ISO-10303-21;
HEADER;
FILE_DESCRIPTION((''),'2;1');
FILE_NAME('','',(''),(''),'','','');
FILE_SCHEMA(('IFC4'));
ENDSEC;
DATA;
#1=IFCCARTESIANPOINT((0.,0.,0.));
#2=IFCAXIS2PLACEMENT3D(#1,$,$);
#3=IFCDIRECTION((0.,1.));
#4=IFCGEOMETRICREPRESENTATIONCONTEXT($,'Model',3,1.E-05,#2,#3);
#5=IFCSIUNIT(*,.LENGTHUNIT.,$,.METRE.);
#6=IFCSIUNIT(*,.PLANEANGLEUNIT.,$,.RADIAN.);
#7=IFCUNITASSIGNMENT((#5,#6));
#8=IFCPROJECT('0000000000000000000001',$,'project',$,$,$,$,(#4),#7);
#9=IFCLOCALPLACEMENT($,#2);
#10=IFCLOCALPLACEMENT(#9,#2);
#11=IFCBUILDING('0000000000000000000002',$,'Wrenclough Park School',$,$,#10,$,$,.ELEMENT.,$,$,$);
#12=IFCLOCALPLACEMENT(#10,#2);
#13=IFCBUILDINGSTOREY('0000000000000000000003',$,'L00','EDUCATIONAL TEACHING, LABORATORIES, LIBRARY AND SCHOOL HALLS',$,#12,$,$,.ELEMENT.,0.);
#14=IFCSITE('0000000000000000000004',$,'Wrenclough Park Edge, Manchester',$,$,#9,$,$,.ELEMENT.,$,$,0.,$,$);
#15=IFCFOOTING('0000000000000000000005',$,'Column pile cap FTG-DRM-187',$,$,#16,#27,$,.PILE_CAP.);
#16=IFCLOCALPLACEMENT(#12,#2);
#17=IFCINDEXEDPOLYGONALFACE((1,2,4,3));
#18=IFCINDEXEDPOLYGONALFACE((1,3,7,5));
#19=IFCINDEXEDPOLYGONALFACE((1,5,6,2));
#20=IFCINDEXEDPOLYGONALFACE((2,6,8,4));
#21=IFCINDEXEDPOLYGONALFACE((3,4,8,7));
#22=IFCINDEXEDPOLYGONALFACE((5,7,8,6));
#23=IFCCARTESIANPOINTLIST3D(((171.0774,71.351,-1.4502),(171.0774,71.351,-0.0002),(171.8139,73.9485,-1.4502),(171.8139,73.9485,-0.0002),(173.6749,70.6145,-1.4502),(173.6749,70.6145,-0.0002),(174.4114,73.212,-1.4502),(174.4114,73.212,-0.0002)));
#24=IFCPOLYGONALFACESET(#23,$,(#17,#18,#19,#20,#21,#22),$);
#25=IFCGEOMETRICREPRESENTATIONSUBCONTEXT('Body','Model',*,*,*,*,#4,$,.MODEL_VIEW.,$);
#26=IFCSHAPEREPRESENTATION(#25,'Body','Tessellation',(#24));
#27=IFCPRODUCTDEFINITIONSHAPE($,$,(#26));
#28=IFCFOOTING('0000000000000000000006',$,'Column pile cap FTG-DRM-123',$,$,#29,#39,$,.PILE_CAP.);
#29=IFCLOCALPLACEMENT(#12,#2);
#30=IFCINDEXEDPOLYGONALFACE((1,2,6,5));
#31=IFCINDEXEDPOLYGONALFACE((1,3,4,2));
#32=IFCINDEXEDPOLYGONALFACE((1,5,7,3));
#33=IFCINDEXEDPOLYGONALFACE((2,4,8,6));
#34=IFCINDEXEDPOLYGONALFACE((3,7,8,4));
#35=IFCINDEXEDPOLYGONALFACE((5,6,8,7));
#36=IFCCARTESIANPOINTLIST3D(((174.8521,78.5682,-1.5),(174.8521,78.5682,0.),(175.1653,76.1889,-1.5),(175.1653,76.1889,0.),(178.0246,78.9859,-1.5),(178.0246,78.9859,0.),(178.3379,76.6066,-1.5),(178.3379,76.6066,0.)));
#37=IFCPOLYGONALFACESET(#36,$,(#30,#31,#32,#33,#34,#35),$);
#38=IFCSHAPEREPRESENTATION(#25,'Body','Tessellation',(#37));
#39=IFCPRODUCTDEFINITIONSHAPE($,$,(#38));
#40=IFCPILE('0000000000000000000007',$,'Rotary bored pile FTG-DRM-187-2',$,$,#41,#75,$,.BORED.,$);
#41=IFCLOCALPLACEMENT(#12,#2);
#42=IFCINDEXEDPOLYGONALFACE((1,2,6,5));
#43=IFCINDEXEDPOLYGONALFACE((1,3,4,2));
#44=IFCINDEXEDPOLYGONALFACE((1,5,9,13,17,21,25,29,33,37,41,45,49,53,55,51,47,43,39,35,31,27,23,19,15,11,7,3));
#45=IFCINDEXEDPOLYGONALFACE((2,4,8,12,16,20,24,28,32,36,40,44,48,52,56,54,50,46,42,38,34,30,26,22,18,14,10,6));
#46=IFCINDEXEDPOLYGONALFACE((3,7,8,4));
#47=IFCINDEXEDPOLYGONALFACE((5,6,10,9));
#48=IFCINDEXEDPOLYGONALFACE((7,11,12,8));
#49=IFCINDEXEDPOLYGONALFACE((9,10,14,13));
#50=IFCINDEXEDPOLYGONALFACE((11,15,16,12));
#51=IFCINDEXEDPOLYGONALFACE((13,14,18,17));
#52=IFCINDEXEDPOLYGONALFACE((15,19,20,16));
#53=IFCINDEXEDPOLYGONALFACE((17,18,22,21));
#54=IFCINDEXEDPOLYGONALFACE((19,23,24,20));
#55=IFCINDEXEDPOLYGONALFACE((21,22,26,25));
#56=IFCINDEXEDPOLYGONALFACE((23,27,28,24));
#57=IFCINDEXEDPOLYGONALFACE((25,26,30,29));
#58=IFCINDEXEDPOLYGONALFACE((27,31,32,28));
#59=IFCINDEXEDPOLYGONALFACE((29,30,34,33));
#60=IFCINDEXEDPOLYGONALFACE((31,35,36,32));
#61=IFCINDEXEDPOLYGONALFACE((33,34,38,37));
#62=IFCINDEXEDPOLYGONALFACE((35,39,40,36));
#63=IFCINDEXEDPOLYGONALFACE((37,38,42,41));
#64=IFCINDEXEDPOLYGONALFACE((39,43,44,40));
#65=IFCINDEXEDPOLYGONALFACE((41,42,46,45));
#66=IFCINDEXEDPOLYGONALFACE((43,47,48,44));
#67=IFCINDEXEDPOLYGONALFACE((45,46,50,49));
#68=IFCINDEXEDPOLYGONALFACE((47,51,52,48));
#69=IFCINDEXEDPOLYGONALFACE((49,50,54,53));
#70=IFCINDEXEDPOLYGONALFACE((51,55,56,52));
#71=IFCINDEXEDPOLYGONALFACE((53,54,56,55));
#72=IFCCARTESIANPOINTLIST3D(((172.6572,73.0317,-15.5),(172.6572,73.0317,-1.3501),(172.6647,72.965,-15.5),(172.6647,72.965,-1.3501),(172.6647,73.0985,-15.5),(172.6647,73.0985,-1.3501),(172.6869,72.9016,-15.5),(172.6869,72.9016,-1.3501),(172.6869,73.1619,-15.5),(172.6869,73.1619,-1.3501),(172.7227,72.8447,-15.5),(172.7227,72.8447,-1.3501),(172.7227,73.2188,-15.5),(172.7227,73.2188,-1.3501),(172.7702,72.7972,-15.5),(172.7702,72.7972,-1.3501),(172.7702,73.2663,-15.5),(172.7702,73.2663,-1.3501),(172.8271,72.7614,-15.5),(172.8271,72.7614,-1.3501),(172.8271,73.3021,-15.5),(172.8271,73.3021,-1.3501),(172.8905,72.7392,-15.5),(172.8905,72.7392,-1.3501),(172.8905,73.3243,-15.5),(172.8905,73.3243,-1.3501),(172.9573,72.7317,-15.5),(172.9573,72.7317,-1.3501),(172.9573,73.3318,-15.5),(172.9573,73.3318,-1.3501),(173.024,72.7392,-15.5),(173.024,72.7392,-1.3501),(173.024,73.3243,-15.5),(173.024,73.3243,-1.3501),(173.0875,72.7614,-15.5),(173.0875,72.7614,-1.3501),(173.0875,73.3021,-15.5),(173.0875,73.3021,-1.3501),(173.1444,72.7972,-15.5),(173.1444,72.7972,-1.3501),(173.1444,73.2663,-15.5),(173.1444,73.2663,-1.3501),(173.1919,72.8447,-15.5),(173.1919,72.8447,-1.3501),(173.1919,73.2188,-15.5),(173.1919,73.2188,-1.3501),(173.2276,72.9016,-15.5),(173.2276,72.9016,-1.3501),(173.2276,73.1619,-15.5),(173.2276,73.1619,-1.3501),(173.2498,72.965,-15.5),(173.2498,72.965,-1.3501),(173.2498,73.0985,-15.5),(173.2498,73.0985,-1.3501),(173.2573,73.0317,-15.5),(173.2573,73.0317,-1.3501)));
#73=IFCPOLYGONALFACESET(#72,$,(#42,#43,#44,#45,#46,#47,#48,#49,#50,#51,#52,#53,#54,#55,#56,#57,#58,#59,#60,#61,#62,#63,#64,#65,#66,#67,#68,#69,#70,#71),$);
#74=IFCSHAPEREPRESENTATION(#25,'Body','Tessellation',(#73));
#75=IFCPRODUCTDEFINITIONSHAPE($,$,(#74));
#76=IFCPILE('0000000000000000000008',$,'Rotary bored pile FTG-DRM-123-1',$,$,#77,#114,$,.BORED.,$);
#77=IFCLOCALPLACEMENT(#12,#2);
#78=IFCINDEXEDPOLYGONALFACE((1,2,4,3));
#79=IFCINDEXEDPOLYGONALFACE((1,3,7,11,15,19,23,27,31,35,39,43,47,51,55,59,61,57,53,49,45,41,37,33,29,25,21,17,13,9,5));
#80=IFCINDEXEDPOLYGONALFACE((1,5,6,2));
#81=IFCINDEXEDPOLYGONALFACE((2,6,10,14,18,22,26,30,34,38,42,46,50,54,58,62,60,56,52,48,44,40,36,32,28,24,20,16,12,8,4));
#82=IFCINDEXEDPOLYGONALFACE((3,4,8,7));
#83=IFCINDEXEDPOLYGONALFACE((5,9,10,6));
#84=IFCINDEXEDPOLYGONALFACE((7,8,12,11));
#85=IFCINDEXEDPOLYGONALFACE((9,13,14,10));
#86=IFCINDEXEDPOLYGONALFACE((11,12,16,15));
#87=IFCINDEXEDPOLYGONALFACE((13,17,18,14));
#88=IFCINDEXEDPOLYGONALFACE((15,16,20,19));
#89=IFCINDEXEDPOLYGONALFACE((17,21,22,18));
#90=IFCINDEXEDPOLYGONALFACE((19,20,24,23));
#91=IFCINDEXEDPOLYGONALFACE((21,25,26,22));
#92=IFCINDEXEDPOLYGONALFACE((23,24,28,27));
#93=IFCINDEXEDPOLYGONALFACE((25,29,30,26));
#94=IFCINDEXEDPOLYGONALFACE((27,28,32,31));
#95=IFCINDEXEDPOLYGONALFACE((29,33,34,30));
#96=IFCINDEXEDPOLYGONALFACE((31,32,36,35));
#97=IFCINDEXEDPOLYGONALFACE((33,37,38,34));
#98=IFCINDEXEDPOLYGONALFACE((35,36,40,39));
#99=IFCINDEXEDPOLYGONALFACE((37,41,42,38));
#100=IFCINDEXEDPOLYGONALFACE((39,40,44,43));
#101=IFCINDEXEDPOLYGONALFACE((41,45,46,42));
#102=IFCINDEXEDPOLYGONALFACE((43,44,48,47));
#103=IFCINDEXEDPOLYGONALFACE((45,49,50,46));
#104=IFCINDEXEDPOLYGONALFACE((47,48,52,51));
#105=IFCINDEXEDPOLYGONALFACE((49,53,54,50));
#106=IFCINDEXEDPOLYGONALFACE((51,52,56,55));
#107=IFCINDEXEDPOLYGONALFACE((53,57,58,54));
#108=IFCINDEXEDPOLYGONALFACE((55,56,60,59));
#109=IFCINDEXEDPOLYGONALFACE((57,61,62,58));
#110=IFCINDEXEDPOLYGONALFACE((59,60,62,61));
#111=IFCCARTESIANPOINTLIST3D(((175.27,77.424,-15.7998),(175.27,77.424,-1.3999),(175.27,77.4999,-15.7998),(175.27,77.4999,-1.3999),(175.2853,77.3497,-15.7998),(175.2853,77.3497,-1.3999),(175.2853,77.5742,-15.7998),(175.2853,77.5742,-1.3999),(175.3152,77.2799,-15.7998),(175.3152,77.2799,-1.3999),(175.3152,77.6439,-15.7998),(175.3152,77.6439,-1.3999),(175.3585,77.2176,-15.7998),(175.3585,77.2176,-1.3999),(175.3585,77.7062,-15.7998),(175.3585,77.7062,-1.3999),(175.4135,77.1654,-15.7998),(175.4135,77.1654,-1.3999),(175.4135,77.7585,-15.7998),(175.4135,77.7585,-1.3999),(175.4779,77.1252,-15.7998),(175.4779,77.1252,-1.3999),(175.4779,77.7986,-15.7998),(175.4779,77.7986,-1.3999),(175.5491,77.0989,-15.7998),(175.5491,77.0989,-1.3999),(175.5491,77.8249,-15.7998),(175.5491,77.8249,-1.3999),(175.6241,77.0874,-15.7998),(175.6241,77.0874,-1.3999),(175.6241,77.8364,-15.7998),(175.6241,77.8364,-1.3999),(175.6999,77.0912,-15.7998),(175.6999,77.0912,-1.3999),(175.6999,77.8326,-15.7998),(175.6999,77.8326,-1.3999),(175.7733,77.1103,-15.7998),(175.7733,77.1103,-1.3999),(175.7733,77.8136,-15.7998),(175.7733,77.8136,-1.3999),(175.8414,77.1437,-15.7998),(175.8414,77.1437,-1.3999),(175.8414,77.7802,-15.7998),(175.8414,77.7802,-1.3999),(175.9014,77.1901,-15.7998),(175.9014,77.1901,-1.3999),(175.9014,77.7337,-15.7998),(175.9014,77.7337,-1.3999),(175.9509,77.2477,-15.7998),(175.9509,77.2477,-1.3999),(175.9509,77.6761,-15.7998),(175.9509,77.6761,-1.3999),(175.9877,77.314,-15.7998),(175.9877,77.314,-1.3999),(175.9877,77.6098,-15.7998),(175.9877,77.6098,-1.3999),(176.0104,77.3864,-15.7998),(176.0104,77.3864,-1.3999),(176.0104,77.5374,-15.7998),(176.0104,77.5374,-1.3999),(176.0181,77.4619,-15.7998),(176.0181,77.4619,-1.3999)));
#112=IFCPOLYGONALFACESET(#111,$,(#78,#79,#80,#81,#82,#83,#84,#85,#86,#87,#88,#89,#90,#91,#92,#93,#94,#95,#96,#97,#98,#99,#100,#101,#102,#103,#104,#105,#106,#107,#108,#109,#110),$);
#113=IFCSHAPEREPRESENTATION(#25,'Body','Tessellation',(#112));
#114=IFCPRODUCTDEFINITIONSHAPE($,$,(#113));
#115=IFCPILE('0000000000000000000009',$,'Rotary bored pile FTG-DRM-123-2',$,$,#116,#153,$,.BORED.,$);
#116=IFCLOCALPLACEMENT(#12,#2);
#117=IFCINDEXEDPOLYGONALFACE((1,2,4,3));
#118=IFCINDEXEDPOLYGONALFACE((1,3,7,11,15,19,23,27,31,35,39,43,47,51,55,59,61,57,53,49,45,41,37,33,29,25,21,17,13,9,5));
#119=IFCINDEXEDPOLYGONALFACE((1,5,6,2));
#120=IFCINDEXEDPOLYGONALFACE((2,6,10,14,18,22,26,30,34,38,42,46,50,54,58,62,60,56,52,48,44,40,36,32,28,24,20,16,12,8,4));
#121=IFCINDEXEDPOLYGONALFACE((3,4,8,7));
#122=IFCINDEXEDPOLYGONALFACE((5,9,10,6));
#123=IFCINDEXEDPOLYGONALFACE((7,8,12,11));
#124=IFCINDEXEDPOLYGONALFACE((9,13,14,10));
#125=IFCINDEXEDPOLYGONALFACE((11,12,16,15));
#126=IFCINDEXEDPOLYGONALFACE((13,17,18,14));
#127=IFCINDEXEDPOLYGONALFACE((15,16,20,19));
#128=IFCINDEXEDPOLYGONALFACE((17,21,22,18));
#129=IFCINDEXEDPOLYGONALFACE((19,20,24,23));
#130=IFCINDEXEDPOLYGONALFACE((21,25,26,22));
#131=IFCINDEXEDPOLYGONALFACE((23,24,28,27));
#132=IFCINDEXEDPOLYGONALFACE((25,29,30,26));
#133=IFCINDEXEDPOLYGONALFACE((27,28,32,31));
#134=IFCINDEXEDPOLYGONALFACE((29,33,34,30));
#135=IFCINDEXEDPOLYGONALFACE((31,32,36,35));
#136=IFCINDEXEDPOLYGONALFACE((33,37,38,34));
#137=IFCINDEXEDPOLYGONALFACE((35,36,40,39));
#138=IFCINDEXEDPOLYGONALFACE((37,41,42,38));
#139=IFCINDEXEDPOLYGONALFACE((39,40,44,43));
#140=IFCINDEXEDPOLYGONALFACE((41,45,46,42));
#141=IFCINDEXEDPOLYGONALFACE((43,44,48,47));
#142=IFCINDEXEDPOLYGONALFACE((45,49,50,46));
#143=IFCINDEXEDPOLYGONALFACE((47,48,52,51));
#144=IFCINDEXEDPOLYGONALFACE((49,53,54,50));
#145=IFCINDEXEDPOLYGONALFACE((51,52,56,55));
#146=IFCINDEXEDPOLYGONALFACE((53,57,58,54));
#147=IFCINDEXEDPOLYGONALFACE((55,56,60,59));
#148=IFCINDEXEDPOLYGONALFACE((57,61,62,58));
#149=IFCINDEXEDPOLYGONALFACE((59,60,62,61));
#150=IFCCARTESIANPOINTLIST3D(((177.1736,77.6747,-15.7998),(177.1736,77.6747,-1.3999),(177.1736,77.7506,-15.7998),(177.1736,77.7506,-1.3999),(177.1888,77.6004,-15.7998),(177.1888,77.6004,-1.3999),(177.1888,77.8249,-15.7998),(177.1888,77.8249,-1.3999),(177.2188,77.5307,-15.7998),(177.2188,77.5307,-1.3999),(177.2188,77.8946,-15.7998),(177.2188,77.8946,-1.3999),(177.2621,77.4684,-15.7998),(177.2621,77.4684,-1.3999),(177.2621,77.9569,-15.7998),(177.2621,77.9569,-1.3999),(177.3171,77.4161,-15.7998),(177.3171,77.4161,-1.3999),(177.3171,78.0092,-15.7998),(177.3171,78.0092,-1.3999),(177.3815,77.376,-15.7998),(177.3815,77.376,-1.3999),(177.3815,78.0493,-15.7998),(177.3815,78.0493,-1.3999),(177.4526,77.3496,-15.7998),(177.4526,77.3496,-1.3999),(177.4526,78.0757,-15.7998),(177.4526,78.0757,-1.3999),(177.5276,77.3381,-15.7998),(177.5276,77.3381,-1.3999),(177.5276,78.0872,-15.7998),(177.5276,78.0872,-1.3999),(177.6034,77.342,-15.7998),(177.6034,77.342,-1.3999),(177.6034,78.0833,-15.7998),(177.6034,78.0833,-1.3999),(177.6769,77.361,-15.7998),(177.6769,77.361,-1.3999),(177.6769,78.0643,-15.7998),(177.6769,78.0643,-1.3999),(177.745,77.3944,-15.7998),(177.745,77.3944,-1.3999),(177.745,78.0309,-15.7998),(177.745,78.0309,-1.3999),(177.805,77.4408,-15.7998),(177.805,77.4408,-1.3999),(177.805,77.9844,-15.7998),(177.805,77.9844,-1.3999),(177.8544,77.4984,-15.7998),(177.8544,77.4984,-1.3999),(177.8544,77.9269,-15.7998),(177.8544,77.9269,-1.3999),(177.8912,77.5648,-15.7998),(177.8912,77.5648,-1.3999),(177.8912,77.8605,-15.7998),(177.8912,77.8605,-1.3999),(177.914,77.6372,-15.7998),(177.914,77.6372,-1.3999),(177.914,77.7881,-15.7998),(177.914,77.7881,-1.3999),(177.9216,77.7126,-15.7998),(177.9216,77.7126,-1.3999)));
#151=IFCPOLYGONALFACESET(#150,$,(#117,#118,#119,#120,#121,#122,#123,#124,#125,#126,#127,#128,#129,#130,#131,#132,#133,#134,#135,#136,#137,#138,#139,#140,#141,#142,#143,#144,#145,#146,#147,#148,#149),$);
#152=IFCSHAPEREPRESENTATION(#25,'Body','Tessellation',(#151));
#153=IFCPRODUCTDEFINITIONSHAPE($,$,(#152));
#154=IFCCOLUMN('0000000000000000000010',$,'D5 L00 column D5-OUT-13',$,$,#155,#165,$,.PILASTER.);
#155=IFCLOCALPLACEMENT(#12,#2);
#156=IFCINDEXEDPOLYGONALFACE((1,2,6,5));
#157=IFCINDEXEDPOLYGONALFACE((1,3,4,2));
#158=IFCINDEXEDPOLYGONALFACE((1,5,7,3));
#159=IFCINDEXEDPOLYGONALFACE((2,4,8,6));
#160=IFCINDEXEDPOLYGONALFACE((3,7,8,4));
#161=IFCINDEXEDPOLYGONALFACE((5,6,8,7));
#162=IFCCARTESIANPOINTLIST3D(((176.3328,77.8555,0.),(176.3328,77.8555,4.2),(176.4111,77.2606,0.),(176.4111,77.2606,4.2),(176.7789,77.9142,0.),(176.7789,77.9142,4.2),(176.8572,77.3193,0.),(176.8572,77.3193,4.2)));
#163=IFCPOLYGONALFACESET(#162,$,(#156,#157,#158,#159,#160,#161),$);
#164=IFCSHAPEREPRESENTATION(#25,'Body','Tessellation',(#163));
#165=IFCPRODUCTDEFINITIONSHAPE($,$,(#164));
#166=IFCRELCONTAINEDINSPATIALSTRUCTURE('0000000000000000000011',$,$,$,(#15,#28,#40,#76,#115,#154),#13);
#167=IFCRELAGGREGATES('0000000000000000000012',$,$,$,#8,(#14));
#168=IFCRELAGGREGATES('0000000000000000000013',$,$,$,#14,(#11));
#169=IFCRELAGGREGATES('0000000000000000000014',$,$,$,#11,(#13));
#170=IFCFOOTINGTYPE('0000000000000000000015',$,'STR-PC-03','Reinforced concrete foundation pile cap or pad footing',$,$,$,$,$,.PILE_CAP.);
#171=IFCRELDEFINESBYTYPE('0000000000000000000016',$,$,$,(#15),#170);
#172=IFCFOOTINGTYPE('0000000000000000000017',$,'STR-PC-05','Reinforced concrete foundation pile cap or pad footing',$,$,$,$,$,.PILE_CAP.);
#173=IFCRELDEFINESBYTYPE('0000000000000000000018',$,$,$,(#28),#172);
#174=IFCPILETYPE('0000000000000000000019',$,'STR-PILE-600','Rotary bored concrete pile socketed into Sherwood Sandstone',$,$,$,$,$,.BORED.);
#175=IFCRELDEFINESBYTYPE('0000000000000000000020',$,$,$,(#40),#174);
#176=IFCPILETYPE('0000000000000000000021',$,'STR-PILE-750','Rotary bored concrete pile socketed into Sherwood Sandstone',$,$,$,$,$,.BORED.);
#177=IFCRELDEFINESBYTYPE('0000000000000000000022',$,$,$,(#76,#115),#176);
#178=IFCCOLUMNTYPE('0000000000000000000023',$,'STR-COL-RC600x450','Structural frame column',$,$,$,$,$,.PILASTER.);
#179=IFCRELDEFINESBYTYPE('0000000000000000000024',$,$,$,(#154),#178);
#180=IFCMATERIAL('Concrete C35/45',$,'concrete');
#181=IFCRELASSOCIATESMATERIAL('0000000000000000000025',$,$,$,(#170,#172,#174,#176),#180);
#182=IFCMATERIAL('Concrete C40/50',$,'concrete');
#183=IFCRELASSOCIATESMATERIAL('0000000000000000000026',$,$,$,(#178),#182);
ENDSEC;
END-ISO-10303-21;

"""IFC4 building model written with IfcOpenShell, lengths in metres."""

from ifc_helpers import new_model, si_unit, direction, frame, origin, origin_2d, place, context, subcontext, project, spatial, rectangle, circle, extrude, material, material_profile, profile_set, type_object, element, save


model = new_model("IFC4")

# Units and contexts
model_context = context("Model", 3, precision=1e-05, world=origin(), true_north=direction((0.0, 1.0)))
body_context = subcontext(model_context, "Body", "Model", "MODEL_VIEW")
ifc_project = project(units=[si_unit("LENGTHUNIT", "METRE"), si_unit("PLANEANGLEUNIT", "RADIAN")], contexts=[model_context])

# Site, building, storey
site_placement = place(None, origin())
site = spatial("IfcSite", under=ifc_project, at=site_placement, Name="Wrenclough Park Edge, Manchester", CompositionType="ELEMENT", RefElevation=0.0)
building_placement = place(site_placement, origin())
building = spatial("IfcBuilding", under=site, at=building_placement, Name="Wrenclough Park School", CompositionType="ELEMENT")
storey_placement = place(building_placement, origin())
storey = spatial("IfcBuildingStorey", under=building, at=storey_placement, Name="L00", Description="EDUCATIONAL TEACHING, LABORATORIES, LIBRARY AND SCHOOL HALLS", CompositionType="ELEMENT", Elevation=0.0)

# Footings
ifc_material_1 = material(Name="Concrete C35/45", Category="concrete")
footing_type_1 = type_object("IfcFootingType", Name="STR-PC-03", Description="Reinforced concrete foundation pile cap or pad footing", PredefinedType="PILE_CAP", material=ifc_material_1)
footing_1_placement = place(storey_placement, frame((172.7444, 72.2815, -1.4502), z_axis=(0.0, 0.0, 1.0), x_axis=(0.272784, 0.962075, 0.0)))
element("IfcFooting", 1, at=footing_1_placement, inside=storey, type_object=footing_type_1, Name="Column pile cap FTG-DRM-187", PredefinedType="PILE_CAP", context=body_context, shape_type="SweptSolid", body=[
    extrude(rectangle(XDim=2.7, YDim=2.7, at=origin_2d()), origin(), (0.0, 0.0, 1.0), 1.45),
])
footing_type_2 = type_object("IfcFootingType", Name="STR-PC-05", Description="Reinforced concrete foundation pile cap or pad footing", PredefinedType="PILE_CAP", material=ifc_material_1)
footing_2_placement = place(storey_placement, frame((176.595, 77.5874, -1.5), z_axis=(0.0, 0.0, 1.0), x_axis=(0.991445, 0.130526, 0.0)))
element("IfcFooting", 2, at=footing_2_placement, inside=storey, type_object=footing_type_2, Name="Column pile cap FTG-DRM-123", PredefinedType="PILE_CAP", context=body_context, shape_type="SweptSolid", body=[
    extrude(rectangle(XDim=3.2, YDim=2.3999, at=origin_2d()), origin(), (0.0, 0.0, 1.0), 1.5),
])

# Piles
ifc_material_profile_1 = material_profile(ifc_material_1, circle(Radius=0.3, at=origin_2d()), Name="BORED PILE D600")
ifc_profile_set_1 = profile_set([ifc_material_profile_1], Name="Concrete C35/45")
pile_type_1 = type_object("IfcPileType", Name="STR-PILE-600", Description="Rotary bored concrete pile socketed into Sherwood Sandstone", PredefinedType="BORED", material=ifc_profile_set_1)
pile_placement = place(storey_placement, frame((172.9573, 73.0317, -1.3501), z_axis=(0.0, 0.0, -1.0), x_axis=(1.0, 0.0, 0.0)))
element("IfcPile", 3, at=pile_placement, inside=storey, type_object=pile_type_1, Name="Rotary bored pile FTG-DRM-187-2", PredefinedType="BORED", context=body_context, shape_type="SweptSolid", body=[
    extrude(circle(Radius=0.3, at=origin_2d()), origin(), (0.0, 0.0, 1.0), 14.1499),
])
ifc_material_profile_2 = material_profile(ifc_material_1, circle(Radius=0.375, at=origin_2d()), Name="BORED PILE D750")
ifc_profile_set_2 = profile_set([ifc_material_profile_2], Name="Concrete C35/45")
pile_type_2 = type_object("IfcPileType", Name="STR-PILE-750", Description="Rotary bored concrete pile socketed into Sherwood Sandstone", PredefinedType="BORED", material=ifc_profile_set_2)
for number, where, z_axis, x_axis, name in (
    (4, (175.6431, 77.4619, -1.3999), (0.0, 0.0, -1.0), (1.0, 0.0, 0.0), "Rotary bored pile FTG-DRM-123-1"),
    (5, (177.5466, 77.7126, -1.3999), (0.0, 0.0, -1.0), (1.0, 0.0, 0.0), "Rotary bored pile FTG-DRM-123-2"),
):
    element("IfcPile", number, at=place(storey_placement, frame(where, z_axis=z_axis, x_axis=x_axis)), inside=storey, type_object=pile_type_2, Name=name, PredefinedType="BORED", context=body_context, shape_type="SweptSolid", body=[
        extrude(circle(Radius=0.375, at=origin_2d()), origin(), (0.0, 0.0, 1.0), 14.3999),
    ])

# Column
ifc_material_2 = material(Name="Concrete C40/50", Category="concrete")
ifc_material_profile_3 = material_profile(ifc_material_2, rectangle(XDim=0.45, YDim=0.6001, at=origin_2d()), Name="RC COL 600x450")
ifc_profile_set_3 = profile_set([ifc_material_profile_3], Name="Concrete C40/50")
column_type_1 = type_object("IfcColumnType", Name="STR-COL-RC600x450", Description="Structural frame column", PredefinedType="PILASTER", material=ifc_profile_set_3)
column_1_placement = place(storey_placement, frame((176.595, 77.5874, 0.0), z_axis=(0.0, 0.0, 1.0), x_axis=(0.991445, 0.130526, 0.0)))
element("IfcColumn", 6, at=column_1_placement, inside=storey, type_object=column_type_1, Name="D5 L00 column D5-OUT-13", PredefinedType="PILASTER", context=body_context, shape_type="SweptSolid", body=[
    extrude(rectangle(XDim=0.45, YDim=0.6001, at=origin_2d()), origin(), (0.0, 0.0, 1.0), 4.2),
])

save(model, "model.ifc")
